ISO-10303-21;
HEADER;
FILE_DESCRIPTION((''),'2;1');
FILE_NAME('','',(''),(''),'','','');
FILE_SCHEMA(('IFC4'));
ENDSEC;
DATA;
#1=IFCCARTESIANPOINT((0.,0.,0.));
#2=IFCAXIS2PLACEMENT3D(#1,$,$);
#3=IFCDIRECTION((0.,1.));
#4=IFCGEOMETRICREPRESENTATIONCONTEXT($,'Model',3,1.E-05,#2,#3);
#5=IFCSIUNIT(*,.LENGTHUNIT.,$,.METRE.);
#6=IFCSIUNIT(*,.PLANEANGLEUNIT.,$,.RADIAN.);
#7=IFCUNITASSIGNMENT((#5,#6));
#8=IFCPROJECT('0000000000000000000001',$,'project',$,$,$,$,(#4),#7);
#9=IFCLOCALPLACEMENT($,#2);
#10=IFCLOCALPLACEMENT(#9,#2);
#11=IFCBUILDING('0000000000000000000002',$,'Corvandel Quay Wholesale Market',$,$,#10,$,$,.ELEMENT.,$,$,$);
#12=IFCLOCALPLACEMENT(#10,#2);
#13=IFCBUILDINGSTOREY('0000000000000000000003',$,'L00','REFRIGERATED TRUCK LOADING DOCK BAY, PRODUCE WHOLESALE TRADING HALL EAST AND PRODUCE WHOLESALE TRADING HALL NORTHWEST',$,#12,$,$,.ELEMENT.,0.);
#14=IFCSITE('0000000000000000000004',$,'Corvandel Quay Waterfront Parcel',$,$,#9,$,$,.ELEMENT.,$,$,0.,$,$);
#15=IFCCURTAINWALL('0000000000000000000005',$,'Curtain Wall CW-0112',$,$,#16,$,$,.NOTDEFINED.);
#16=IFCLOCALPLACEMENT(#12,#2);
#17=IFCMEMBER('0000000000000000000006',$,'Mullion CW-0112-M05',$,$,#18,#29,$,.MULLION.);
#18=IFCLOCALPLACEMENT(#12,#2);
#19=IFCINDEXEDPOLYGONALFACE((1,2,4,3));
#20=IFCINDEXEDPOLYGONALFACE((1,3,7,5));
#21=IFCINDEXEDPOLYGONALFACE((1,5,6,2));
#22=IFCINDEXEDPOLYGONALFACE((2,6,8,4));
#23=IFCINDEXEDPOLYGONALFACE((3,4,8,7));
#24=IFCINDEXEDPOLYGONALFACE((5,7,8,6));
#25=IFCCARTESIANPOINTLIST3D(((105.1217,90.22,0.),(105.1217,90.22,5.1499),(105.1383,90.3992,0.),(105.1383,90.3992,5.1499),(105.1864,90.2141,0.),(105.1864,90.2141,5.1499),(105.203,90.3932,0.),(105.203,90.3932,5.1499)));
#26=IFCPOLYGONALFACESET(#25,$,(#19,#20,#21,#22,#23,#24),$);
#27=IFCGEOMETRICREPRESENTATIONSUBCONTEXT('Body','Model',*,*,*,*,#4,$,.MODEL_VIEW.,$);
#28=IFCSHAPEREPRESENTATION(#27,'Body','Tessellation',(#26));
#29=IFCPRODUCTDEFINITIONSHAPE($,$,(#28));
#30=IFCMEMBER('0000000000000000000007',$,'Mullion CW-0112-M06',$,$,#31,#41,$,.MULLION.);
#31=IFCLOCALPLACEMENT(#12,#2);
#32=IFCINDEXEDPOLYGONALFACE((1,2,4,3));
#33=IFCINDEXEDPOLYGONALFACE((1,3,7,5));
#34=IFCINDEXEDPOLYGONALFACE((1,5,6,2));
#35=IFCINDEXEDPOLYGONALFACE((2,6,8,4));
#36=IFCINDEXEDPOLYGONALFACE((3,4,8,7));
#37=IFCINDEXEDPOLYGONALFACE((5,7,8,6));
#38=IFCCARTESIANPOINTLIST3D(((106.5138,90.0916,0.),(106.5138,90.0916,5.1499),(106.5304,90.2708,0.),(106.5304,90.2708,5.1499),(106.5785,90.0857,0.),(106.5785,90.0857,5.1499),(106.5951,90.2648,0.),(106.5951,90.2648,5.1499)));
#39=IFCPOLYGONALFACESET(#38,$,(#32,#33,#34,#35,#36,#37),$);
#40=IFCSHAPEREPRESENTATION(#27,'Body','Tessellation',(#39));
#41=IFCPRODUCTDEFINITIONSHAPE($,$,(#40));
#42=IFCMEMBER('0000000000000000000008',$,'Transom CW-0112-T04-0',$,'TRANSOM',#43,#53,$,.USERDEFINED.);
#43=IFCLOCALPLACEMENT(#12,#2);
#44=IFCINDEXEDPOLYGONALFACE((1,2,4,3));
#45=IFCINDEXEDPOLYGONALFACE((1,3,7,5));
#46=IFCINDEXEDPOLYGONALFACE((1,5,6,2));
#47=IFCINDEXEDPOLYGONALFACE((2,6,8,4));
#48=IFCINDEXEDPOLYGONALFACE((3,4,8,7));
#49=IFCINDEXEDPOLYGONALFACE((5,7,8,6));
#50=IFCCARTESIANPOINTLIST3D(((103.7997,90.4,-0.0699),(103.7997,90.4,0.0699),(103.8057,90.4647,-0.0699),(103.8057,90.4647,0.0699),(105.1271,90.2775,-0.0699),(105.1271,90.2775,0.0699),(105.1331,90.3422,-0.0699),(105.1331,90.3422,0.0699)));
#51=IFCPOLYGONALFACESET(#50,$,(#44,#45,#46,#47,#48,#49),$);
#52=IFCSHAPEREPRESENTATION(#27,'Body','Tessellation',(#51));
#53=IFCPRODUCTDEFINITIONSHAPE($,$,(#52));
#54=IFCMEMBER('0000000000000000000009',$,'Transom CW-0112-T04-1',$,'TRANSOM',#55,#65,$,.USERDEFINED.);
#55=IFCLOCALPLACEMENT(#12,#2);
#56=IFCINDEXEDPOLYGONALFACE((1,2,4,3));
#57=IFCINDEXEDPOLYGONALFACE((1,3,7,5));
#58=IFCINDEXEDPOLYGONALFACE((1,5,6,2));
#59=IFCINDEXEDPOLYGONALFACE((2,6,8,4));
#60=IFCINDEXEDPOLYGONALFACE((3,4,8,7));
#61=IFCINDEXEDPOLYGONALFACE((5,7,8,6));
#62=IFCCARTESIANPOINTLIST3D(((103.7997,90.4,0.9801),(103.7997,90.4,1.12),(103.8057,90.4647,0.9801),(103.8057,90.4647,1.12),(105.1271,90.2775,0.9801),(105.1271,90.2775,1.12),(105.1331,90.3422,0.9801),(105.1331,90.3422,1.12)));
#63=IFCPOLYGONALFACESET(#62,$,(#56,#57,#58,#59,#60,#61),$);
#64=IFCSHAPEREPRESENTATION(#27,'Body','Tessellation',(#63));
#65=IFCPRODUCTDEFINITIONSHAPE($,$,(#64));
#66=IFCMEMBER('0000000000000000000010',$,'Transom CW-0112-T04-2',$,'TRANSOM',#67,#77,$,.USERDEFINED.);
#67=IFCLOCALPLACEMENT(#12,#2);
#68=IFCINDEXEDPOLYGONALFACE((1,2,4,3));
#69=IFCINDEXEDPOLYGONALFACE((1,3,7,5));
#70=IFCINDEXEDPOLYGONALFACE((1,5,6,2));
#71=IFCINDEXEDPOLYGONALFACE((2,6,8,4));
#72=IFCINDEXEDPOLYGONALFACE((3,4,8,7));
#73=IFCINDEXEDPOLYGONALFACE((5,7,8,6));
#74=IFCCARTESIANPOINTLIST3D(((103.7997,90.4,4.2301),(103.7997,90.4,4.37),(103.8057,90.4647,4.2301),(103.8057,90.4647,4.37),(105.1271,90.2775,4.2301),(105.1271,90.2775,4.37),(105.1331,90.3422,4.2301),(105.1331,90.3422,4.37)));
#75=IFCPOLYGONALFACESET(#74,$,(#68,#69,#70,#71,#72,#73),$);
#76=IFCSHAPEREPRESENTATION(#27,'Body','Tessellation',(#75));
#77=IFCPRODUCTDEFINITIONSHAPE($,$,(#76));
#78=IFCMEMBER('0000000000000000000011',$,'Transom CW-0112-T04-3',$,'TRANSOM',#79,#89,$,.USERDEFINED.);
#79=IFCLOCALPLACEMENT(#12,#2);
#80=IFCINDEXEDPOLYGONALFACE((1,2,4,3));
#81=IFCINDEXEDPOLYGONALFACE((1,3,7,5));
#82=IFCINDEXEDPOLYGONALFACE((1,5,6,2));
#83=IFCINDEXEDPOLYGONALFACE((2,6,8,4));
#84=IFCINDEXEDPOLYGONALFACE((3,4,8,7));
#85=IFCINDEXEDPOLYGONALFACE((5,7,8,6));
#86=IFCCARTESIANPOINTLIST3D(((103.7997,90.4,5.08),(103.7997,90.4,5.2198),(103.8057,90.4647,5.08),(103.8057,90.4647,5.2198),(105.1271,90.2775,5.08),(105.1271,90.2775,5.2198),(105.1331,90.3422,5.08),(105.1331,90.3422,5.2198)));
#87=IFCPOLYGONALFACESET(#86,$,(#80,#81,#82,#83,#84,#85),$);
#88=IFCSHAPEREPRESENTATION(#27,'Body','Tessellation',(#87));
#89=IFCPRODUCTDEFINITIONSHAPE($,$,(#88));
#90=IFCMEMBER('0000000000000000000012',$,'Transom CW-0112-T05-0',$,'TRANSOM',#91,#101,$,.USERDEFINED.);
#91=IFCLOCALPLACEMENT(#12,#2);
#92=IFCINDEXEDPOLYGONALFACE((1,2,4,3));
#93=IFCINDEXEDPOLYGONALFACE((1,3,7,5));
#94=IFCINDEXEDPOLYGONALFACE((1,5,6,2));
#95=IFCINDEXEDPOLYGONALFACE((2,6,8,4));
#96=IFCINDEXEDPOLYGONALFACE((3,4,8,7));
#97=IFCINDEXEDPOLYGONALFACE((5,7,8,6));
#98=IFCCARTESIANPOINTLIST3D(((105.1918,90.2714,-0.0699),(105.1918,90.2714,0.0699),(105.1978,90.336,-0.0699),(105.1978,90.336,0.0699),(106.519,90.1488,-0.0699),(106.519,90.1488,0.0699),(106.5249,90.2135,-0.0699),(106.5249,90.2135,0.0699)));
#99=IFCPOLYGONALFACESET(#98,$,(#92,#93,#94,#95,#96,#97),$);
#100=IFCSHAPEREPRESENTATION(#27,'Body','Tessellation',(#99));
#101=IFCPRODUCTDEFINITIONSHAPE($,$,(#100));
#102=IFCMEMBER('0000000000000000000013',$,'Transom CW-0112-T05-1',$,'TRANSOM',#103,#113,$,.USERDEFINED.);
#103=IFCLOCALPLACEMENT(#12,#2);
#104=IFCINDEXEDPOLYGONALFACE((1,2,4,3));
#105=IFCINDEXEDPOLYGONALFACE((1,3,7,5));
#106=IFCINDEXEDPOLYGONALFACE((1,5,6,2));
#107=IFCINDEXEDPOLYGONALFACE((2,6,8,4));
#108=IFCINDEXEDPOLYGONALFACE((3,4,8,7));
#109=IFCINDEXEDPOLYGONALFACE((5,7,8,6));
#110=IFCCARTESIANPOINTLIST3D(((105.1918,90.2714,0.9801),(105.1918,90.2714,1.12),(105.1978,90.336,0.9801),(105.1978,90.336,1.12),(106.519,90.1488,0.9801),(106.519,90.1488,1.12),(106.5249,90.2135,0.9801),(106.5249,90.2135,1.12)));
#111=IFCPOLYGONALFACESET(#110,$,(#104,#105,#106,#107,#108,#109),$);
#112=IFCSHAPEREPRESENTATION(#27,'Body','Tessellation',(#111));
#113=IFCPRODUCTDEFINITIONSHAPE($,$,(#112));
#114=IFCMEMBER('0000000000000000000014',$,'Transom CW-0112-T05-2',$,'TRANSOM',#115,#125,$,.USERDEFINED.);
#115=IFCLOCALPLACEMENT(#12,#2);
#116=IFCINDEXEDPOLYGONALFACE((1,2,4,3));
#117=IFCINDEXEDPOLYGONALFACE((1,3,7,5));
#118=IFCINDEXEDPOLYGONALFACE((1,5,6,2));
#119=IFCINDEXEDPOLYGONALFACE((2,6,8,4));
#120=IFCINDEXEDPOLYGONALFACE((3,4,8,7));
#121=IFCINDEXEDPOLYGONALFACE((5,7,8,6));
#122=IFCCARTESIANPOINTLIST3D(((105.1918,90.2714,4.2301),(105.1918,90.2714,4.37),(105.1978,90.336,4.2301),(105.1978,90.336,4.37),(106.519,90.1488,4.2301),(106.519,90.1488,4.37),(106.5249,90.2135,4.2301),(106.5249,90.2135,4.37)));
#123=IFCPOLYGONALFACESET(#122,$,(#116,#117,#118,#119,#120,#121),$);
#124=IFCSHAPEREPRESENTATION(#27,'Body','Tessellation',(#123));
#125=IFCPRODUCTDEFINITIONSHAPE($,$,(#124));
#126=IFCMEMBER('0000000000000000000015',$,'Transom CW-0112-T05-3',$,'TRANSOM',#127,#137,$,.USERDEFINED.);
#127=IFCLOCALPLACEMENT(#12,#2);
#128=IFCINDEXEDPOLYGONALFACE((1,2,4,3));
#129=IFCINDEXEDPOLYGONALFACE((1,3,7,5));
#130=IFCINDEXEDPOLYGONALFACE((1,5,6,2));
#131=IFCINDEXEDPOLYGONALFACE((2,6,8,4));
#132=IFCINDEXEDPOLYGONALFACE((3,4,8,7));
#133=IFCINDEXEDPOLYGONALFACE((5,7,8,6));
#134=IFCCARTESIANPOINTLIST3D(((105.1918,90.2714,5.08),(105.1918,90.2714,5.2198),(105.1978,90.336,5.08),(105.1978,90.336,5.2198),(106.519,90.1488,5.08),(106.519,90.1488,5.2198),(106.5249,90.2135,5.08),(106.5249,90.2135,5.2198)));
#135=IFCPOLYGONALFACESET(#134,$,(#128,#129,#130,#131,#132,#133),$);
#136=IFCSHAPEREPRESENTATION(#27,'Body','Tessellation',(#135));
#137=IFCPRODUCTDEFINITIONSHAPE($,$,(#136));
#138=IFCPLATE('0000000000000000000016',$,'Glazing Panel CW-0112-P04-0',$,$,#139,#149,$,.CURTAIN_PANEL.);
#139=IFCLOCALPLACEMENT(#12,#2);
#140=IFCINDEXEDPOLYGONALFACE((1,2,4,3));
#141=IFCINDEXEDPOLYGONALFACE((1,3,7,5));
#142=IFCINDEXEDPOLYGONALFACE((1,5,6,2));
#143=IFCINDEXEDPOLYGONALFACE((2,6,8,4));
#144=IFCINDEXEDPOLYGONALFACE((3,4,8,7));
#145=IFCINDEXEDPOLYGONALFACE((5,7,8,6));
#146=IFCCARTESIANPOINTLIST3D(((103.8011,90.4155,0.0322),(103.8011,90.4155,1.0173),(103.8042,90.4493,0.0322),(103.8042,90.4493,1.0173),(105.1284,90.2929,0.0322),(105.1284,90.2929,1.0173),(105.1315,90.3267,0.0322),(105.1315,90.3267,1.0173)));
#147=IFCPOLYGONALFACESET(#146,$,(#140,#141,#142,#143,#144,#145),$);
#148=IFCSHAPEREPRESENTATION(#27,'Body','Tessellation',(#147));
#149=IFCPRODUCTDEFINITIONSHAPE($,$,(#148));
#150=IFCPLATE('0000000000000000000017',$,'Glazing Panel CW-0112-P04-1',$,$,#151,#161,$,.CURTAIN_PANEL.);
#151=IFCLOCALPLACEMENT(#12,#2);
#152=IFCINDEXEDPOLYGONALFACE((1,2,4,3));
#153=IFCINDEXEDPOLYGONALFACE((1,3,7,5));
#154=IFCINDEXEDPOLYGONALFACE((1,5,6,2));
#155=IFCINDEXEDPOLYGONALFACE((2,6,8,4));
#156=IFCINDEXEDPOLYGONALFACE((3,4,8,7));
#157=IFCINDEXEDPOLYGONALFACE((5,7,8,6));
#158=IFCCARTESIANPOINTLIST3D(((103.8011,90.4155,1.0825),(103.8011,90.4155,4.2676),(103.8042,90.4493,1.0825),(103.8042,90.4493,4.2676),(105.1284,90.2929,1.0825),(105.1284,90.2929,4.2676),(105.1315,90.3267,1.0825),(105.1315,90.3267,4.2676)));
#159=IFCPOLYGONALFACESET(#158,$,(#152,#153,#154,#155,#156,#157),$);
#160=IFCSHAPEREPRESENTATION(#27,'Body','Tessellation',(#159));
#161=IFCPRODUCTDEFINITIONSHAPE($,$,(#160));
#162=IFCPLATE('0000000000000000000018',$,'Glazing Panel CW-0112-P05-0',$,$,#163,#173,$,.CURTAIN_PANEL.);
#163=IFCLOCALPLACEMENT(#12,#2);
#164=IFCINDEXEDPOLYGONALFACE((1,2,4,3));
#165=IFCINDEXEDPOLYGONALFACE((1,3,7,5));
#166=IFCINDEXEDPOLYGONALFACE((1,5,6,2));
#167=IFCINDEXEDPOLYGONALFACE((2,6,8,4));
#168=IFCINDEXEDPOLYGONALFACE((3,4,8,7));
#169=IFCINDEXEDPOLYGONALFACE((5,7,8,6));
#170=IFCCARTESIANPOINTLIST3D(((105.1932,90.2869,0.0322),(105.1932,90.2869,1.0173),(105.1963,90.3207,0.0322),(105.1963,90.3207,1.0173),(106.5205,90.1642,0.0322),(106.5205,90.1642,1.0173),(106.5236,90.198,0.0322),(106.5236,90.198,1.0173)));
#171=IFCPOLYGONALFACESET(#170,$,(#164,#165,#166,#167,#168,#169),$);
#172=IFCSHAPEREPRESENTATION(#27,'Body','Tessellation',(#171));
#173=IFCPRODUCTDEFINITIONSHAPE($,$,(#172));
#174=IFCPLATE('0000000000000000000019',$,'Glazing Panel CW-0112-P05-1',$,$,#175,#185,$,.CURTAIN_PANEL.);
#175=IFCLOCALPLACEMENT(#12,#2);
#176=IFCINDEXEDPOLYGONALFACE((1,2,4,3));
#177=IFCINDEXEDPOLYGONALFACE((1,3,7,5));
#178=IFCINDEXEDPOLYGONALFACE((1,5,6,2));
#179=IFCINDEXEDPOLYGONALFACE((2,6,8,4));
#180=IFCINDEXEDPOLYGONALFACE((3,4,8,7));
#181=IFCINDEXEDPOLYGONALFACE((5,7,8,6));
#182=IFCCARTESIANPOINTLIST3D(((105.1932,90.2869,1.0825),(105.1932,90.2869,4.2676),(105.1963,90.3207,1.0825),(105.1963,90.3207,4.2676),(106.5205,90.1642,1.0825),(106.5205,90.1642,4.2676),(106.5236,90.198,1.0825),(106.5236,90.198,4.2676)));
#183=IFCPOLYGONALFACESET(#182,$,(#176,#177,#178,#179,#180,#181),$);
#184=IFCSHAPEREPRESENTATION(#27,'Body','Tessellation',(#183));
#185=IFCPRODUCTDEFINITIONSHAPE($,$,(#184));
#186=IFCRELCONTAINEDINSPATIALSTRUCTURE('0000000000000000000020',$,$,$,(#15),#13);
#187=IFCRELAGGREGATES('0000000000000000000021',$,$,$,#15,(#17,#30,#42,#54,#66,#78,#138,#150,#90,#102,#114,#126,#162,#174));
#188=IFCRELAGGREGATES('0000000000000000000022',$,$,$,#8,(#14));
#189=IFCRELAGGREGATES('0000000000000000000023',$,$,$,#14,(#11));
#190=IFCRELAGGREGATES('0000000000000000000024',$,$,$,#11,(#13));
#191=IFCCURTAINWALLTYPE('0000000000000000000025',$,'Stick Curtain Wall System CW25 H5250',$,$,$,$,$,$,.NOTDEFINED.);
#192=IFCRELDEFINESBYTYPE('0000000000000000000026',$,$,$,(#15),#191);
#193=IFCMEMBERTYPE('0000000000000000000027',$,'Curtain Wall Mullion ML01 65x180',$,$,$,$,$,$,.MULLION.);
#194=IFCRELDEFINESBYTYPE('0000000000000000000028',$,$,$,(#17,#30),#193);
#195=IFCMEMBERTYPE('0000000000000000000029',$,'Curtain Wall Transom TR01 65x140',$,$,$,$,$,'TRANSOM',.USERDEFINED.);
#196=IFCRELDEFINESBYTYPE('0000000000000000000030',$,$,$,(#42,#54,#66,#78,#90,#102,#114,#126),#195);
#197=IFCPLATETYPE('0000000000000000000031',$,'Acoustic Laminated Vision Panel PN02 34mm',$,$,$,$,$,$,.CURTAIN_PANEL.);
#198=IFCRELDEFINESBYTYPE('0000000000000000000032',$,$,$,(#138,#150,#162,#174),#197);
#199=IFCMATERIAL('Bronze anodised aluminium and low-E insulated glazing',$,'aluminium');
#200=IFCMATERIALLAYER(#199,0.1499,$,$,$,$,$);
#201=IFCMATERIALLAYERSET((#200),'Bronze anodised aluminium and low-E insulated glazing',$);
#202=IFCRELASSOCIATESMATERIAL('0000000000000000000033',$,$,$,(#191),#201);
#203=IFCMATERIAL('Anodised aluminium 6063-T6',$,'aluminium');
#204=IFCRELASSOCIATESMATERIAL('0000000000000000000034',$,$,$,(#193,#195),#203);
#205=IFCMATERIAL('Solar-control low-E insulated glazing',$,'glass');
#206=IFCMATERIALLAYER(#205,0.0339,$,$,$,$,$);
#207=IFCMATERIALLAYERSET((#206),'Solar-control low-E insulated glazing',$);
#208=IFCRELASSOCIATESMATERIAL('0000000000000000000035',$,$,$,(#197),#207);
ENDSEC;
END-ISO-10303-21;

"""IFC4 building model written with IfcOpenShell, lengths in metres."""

from ifc_helpers import new_model, si_unit, direction, frame, origin, origin_2d, place, context, subcontext, project, spatial, rectangle, extrude, material, layer, layer_set, material_profile, profile_set, type_object, element, aggregate, save


model = new_model("IFC4")

# Units and contexts
model_context = context("Model", 3, precision=1e-05, world=origin(), true_north=direction((0.0, 1.0)))
body_context = subcontext(model_context, "Body", "Model", "MODEL_VIEW")
ifc_project = project(units=[si_unit("LENGTHUNIT", "METRE"), si_unit("PLANEANGLEUNIT", "RADIAN")], contexts=[model_context])

# Site, building, storey
site_placement = place(None, origin())
site = spatial("IfcSite", under=ifc_project, at=site_placement, Name="Corvandel Quay Waterfront Parcel", CompositionType="ELEMENT", RefElevation=0.0)
building_placement = place(site_placement, origin())
building = spatial("IfcBuilding", under=site, at=building_placement, Name="Corvandel Quay Wholesale Market", CompositionType="ELEMENT")
storey_placement = place(building_placement, origin())
storey = spatial("IfcBuildingStorey", under=building, at=storey_placement, Name="L00", Description="REFRIGERATED TRUCK LOADING DOCK BAY, PRODUCE WHOLESALE TRADING HALL EAST AND PRODUCE WHOLESALE TRADING HALL NORTHWEST", CompositionType="ELEMENT", Elevation=0.0)

# Curtain wall, members, plates
ifc_material_1 = material(Name="Bronze anodised aluminium and low-E insulated glazing", Category="aluminium")
ifc_layer_1 = layer(ifc_material_1, 0.1499)
ifc_layer_set_1 = layer_set([ifc_layer_1], Name="Bronze anodised aluminium and low-E insulated glazing")
curtain_wall_type = type_object("IfcCurtainWallType", Name="Stick Curtain Wall System CW25 H5250", PredefinedType="NOTDEFINED", material=ifc_layer_set_1)
curtain_wall_placement = place(storey_placement, origin())
curtain_wall = element("IfcCurtainWall", 1, at=curtain_wall_placement, inside=storey, type_object=curtain_wall_type, Name="Curtain Wall CW-0112", PredefinedType="NOTDEFINED")
ifc_material_2 = material(Name="Anodised aluminium 6063-T6", Category="aluminium")
ifc_material_profile_1 = material_profile(ifc_material_2, rectangle(XDim=0.0649, YDim=0.1799, at=origin_2d()), Name="ALU-MUL-65x180")
ifc_profile_set_1 = profile_set([ifc_material_profile_1], Name="Anodised aluminium 6063-T6")
member_type_1 = type_object("IfcMemberType", Name="Curtain Wall Mullion ML01 65x180", PredefinedType="MULLION", material=ifc_profile_set_1)
member_1_placement = place(storey_placement, frame((105.1624, 90.3066, 0.0), z_axis=(0.0, 0.0, 1.0), x_axis=(-0.995757, 0.092023, 0.0)))
member_1 = element("IfcMember", 2, at=member_1_placement, type_object=member_type_1, Name="Mullion CW-0112-M05", PredefinedType="MULLION", context=body_context, shape_type="SweptSolid", body=[
    extrude(rectangle(XDim=0.0649, YDim=0.1799, at=origin_2d()), origin(), (0.0, 0.0, 1.0), 5.1499),
])
member_2_placement = place(storey_placement, frame((106.5544, 90.1782, 0.0), z_axis=(0.0, 0.0, 1.0), x_axis=(-0.995757, 0.092023, 0.0)))
member_2 = element("IfcMember", 3, at=member_2_placement, type_object=member_type_1, Name="Mullion CW-0112-M06", PredefinedType="MULLION", context=body_context, shape_type="SweptSolid", body=[
    extrude(rectangle(XDim=0.0649, YDim=0.1799, at=origin_2d()), origin(), (0.0, 0.0, 1.0), 5.1499),
])
ifc_material_profile_2 = material_profile(ifc_material_2, rectangle(XDim=0.0649, YDim=0.1399, at=origin_2d()), Name="ALU-TRN-65x140")
ifc_profile_set_2 = profile_set([ifc_material_profile_2], Name="Anodised aluminium 6063-T6")
member_type_2 = type_object("IfcMemberType", Name="Curtain Wall Transom TR01 65x140", ElementType="TRANSOM", PredefinedType="USERDEFINED", material=ifc_profile_set_2)
member_3_placement = place(storey_placement, frame((103.8027, 90.4324, 0.0), z_axis=(0.995765, -0.091939, 0.0), x_axis=(0.091939, 0.995765, 0.0)))
member_3 = element("IfcMember", 4, at=member_3_placement, type_object=member_type_2, Name="Transom CW-0112-T04-0", ObjectType="TRANSOM", PredefinedType="USERDEFINED", context=body_context, shape_type="SweptSolid", body=[
    extrude(rectangle(XDim=0.0649, YDim=0.1399, at=origin_2d()), origin(), (0.0, 0.0, 1.0), 1.333),
])
member_4_placement = place(storey_placement, frame((103.8027, 90.4324, 1.05), z_axis=(0.995765, -0.091939, 0.0), x_axis=(0.091939, 0.995765, 0.0)))
member_4 = element("IfcMember", 5, at=member_4_placement, type_object=member_type_2, Name="Transom CW-0112-T04-1", ObjectType="TRANSOM", PredefinedType="USERDEFINED", context=body_context, shape_type="SweptSolid", body=[
    extrude(rectangle(XDim=0.0649, YDim=0.1399, at=origin_2d()), origin(), (0.0, 0.0, 1.0), 1.333),
])
member_5_placement = place(storey_placement, frame((103.8027, 90.4324, 4.3), z_axis=(0.995765, -0.091939, 0.0), x_axis=(0.091939, 0.995765, 0.0)))
member_5 = element("IfcMember", 6, at=member_5_placement, type_object=member_type_2, Name="Transom CW-0112-T04-2", ObjectType="TRANSOM", PredefinedType="USERDEFINED", context=body_context, shape_type="SweptSolid", body=[
    extrude(rectangle(XDim=0.0649, YDim=0.1399, at=origin_2d()), origin(), (0.0, 0.0, 1.0), 1.333),
])
member_6_placement = place(storey_placement, frame((103.8027, 90.4324, 5.1499), z_axis=(0.995765, -0.091939, 0.0), x_axis=(0.091939, 0.995765, 0.0)))
member_6 = element("IfcMember", 7, at=member_6_placement, type_object=member_type_2, Name="Transom CW-0112-T04-3", ObjectType="TRANSOM", PredefinedType="USERDEFINED", context=body_context, shape_type="SweptSolid", body=[
    extrude(rectangle(XDim=0.0649, YDim=0.1399, at=origin_2d()), origin(), (0.0, 0.0, 1.0), 1.333),
])
member_7_placement = place(storey_placement, frame((105.1948, 90.3037, 0.0), z_axis=(0.995763, -0.091956, 0.0), x_axis=(0.091956, 0.995763, 0.0)))
member_7 = element("IfcMember", 8, at=member_7_placement, type_object=member_type_2, Name="Transom CW-0112-T05-0", ObjectType="TRANSOM", PredefinedType="USERDEFINED", context=body_context, shape_type="SweptSolid", body=[
    extrude(rectangle(XDim=0.0649, YDim=0.1399, at=origin_2d()), origin(), (0.0, 0.0, 1.0), 1.3328),
])
member_8_placement = place(storey_placement, frame((105.1948, 90.3037, 1.05), z_axis=(0.995763, -0.091956, 0.0), x_axis=(0.091956, 0.995763, 0.0)))
member_8 = element("IfcMember", 9, at=member_8_placement, type_object=member_type_2, Name="Transom CW-0112-T05-1", ObjectType="TRANSOM", PredefinedType="USERDEFINED", context=body_context, shape_type="SweptSolid", body=[
    extrude(rectangle(XDim=0.0649, YDim=0.1399, at=origin_2d()), origin(), (0.0, 0.0, 1.0), 1.3328),
])
member_9_placement = place(storey_placement, frame((105.1948, 90.3037, 4.3), z_axis=(0.995763, -0.091956, 0.0), x_axis=(0.091956, 0.995763, 0.0)))
member_9 = element("IfcMember", 10, at=member_9_placement, type_object=member_type_2, Name="Transom CW-0112-T05-2", ObjectType="TRANSOM", PredefinedType="USERDEFINED", context=body_context, shape_type="SweptSolid", body=[
    extrude(rectangle(XDim=0.0649, YDim=0.1399, at=origin_2d()), origin(), (0.0, 0.0, 1.0), 1.3328),
])
member_10_placement = place(storey_placement, frame((105.1948, 90.3037, 5.1499), z_axis=(0.995763, -0.091956, 0.0), x_axis=(0.091956, 0.995763, 0.0)))
member_10 = element("IfcMember", 11, at=member_10_placement, type_object=member_type_2, Name="Transom CW-0112-T05-3", ObjectType="TRANSOM", PredefinedType="USERDEFINED", context=body_context, shape_type="SweptSolid", body=[
    extrude(rectangle(XDim=0.0649, YDim=0.1399, at=origin_2d()), origin(), (0.0, 0.0, 1.0), 1.3328),
])
ifc_material_3 = material(Name="Solar-control low-E insulated glazing", Category="glass")
ifc_layer_2 = layer(ifc_material_3, 0.0339)
ifc_layer_set_2 = layer_set([ifc_layer_2], Name="Solar-control low-E insulated glazing")
plate_type_1 = type_object("IfcPlateType", Name="Acoustic Laminated Vision Panel PN02 34mm", PredefinedType="CURTAIN_PANEL", material=ifc_layer_set_2)
plate_1_placement = place(storey_placement, frame((104.4663, 90.3711, 0.0322), z_axis=(0.0, 0.0, 1.0), x_axis=(-0.995757, 0.092023, 0.0)))
plate_1 = element("IfcPlate", 12, at=plate_1_placement, type_object=plate_type_1, Name="Glazing Panel CW-0112-P04-0", PredefinedType="CURTAIN_PANEL", context=body_context, shape_type="SweptSolid", body=[
    extrude(rectangle(XDim=1.333, YDim=0.0339, at=origin_2d()), origin(), (0.0, 0.0, 1.0), 0.9851),
])
plate_2_placement = place(storey_placement, frame((104.4663, 90.3711, 1.0825), z_axis=(0.0, 0.0, 1.0), x_axis=(-0.995757, 0.092023, 0.0)))
plate_2 = element("IfcPlate", 13, at=plate_2_placement, type_object=plate_type_1, Name="Glazing Panel CW-0112-P04-1", PredefinedType="CURTAIN_PANEL", context=body_context, shape_type="SweptSolid", body=[
    extrude(rectangle(XDim=1.333, YDim=0.0339, at=origin_2d()), origin(), (0.0, 0.0, 1.0), 3.1851),
])
plate_3_placement = place(storey_placement, frame((105.8584, 90.2424, 0.0322), z_axis=(0.0, 0.0, 1.0), x_axis=(-0.995757, 0.092023, 0.0)))
plate_3 = element("IfcPlate", 14, at=plate_3_placement, type_object=plate_type_1, Name="Glazing Panel CW-0112-P05-0", PredefinedType="CURTAIN_PANEL", context=body_context, shape_type="SweptSolid", body=[
    extrude(rectangle(XDim=1.333, YDim=0.0339, at=origin_2d()), origin(), (0.0, 0.0, 1.0), 0.9851),
])
plate_4_placement = place(storey_placement, frame((105.8584, 90.2424, 1.0825), z_axis=(0.0, 0.0, 1.0), x_axis=(-0.995757, 0.092023, 0.0)))
plate_4 = element("IfcPlate", 15, at=plate_4_placement, type_object=plate_type_1, Name="Glazing Panel CW-0112-P05-1", PredefinedType="CURTAIN_PANEL", context=body_context, shape_type="SweptSolid", body=[
    extrude(rectangle(XDim=1.333, YDim=0.0339, at=origin_2d()), origin(), (0.0, 0.0, 1.0), 3.1851),
])
aggregate(curtain_wall, [member_1, member_2, member_3, member_4, member_5, member_6, plate_1, plate_2, member_7, member_8, member_9, member_10, plate_3, plate_4])

save(model, "model.ifc")
